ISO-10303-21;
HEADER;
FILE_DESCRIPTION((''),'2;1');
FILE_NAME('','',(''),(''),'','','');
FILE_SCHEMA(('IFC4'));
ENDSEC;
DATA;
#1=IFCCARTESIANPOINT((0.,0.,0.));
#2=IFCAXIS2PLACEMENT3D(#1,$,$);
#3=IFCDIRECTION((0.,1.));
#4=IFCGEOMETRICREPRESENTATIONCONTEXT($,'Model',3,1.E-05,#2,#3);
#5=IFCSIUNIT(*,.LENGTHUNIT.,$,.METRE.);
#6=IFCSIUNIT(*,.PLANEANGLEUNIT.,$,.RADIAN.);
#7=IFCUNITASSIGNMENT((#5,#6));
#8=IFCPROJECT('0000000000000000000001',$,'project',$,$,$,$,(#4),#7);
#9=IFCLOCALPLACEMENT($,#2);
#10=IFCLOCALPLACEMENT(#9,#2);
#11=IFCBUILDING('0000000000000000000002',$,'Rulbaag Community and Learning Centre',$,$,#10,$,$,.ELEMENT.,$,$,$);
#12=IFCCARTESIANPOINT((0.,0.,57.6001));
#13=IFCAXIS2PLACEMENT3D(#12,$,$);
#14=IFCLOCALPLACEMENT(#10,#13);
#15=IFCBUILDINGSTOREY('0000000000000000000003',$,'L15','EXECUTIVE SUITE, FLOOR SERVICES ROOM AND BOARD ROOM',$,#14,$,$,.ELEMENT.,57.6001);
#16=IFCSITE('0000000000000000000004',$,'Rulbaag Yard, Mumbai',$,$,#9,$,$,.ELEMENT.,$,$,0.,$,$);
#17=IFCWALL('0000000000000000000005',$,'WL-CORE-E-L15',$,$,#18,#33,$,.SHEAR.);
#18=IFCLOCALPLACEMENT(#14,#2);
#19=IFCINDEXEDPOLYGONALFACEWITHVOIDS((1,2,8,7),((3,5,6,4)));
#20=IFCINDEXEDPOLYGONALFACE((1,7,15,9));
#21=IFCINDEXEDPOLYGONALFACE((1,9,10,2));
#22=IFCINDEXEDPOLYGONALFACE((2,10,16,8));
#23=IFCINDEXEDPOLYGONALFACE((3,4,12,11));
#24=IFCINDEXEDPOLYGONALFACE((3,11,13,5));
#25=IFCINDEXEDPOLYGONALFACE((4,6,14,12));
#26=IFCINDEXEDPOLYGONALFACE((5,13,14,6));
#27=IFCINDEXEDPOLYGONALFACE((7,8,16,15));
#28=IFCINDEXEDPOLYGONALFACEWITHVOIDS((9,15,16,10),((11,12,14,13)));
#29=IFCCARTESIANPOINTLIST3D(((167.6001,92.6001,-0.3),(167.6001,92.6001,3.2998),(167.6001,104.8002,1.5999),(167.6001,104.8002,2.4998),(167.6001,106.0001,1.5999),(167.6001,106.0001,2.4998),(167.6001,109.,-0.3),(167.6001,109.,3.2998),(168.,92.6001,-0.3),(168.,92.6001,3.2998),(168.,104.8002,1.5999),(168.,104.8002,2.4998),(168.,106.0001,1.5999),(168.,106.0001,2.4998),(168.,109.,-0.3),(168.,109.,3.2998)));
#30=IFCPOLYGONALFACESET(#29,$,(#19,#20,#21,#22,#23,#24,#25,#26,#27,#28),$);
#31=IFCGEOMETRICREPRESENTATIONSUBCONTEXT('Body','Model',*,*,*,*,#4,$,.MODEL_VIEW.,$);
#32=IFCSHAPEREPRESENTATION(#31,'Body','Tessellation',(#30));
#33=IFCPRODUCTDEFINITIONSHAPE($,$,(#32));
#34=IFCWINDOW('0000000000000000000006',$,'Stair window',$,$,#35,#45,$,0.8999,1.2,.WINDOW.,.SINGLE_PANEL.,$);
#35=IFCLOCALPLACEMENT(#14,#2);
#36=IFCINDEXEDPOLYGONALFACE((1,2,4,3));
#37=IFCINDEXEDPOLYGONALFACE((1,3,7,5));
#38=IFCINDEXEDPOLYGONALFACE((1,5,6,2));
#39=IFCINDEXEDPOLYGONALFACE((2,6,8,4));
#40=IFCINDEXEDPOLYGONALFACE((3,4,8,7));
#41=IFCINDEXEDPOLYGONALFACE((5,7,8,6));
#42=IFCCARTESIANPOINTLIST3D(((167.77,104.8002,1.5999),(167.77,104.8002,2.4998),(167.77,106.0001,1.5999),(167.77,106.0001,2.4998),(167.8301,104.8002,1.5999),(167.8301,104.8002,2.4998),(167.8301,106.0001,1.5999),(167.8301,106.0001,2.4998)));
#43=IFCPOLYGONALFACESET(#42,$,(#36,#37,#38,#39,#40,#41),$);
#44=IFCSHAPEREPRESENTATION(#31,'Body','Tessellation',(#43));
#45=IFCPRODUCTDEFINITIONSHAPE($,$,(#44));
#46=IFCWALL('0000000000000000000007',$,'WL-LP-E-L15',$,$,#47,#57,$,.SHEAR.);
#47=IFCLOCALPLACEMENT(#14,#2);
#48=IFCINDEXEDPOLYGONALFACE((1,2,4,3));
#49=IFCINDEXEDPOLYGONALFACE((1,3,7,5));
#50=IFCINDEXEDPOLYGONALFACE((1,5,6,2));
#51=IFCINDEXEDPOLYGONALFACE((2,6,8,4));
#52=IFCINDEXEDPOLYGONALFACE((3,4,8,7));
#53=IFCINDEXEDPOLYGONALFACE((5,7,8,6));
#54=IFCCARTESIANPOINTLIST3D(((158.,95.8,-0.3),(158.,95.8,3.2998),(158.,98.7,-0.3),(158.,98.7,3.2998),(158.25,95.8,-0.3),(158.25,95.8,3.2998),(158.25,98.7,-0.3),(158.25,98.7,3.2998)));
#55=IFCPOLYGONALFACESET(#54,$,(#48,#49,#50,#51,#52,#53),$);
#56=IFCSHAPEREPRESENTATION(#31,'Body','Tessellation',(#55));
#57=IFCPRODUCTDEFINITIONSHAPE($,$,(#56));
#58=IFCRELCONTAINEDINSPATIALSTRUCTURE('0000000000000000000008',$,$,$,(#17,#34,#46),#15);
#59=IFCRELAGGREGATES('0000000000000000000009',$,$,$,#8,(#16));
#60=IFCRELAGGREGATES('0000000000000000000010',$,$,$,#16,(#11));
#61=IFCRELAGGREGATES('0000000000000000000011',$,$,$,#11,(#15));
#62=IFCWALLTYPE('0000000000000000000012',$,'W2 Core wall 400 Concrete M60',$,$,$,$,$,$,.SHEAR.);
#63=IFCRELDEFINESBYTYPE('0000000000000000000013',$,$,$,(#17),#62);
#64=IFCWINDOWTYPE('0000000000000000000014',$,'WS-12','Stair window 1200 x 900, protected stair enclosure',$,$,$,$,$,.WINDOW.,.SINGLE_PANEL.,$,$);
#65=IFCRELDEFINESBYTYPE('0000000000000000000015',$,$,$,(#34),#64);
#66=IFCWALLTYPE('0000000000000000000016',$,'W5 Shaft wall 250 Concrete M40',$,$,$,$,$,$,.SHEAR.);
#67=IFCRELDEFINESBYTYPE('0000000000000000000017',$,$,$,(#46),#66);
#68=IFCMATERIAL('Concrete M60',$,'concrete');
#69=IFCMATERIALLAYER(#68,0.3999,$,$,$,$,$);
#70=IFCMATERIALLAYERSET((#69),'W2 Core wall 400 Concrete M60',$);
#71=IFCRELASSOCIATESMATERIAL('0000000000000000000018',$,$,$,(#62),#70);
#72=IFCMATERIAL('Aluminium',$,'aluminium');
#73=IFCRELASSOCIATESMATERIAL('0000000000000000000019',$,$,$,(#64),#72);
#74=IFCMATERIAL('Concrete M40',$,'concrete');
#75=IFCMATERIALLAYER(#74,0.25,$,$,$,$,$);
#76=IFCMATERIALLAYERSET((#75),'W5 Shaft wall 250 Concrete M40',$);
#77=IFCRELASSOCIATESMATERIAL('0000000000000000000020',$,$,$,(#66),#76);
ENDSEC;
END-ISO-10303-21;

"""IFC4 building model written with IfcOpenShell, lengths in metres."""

from ifc_helpers import new_model, si_unit, direction, frame, frame_2d, origin, place, context, subcontext, project, spatial, rectangle, extrude, material, layer, layer_set, type_object, element, fill, save


model = new_model("IFC4")

# Units and contexts
model_context = context("Model", 3, precision=1e-05, world=origin(), true_north=direction((0.0, 1.0)))
body_context = subcontext(model_context, "Body", "Model", "MODEL_VIEW")
ifc_project = project(units=[si_unit("LENGTHUNIT", "METRE"), si_unit("PLANEANGLEUNIT", "RADIAN")], contexts=[model_context])

# Site, building, storey
site_placement = place(None, origin())
site = spatial("IfcSite", under=ifc_project, at=site_placement, Name="Rulbaag Yard, Mumbai", CompositionType="ELEMENT", RefElevation=0.0)
building_placement = place(site_placement, origin())
building = spatial("IfcBuilding", under=site, at=building_placement, Name="Rulbaag Community and Learning Centre", CompositionType="ELEMENT")
storey_placement = place(building_placement, frame((0.0, 0.0, 57.6001)))
storey = spatial("IfcBuildingStorey", under=building, at=storey_placement, Name="L15", Description="EXECUTIVE SUITE, FLOOR SERVICES ROOM AND BOARD ROOM", CompositionType="ELEMENT", Elevation=57.6001)

# Shared definitions
ifc_material_1 = material(Name="Concrete M40", Category="concrete")

# Shared definitions
ifc_material_2 = material(Name="Aluminium", Category="aluminium")

# Wall, opening, window
ifc_material_3 = material(Name="Concrete M60", Category="concrete")
ifc_layer_1 = layer(ifc_material_3, 0.3999)
ifc_layer_set_1 = layer_set([ifc_layer_1], Name="W2 Core wall 400 Concrete M60")
wall_type_1 = type_object("IfcWallType", Name="W2 Core wall 400 Concrete M60", PredefinedType="SHEAR", material=ifc_layer_set_1)
wall_1_placement = place(storey_placement, frame((167.8, 92.6001, -0.3), z_axis=(0.0, 0.0, 1.0), x_axis=(0.0, 1.0, 0.0)))
wall_1 = element("IfcWall", 1, at=wall_1_placement, inside=storey, type_object=wall_type_1, Name="WL-CORE-E-L15", PredefinedType="SHEAR", context=body_context, shape_type="SweptSolid", body=[
    extrude(rectangle(XDim=16.3999, YDim=0.3999, at=frame_2d((8.2, 0.0))), origin(), (0.0, 0.0, 1.0), 3.5999),
])
opening_1_placement = place(wall_1_placement, frame((12.2, 0.0, 1.8999)))
opening_1 = element("IfcOpeningElement", 2, at=opening_1_placement, cuts=wall_1, PredefinedType="OPENING", context=body_context, shape_type="SweptSolid", body=[
    extrude(rectangle(XDim=1.2, YDim=0.8999, at=frame_2d((0.6001, 0.45))), frame((0.0, 0.21, 0.0), z_axis=(0.0, -1.0, 0.0), x_axis=(1.0, 0.0, 0.0)), (0.0, 0.0, 1.0), 0.4199),
])
window_type = type_object("IfcWindowType", Name="WS-12", Description="Stair window 1200 x 900, protected stair enclosure", PartitioningType="SINGLE_PANEL", PredefinedType="WINDOW", material=ifc_material_2)
window_placement = place(opening_1_placement, origin())
window = element("IfcWindow", 3, at=window_placement, inside=storey, type_object=window_type, Name="Stair window", OverallHeight=0.8999, OverallWidth=1.2, PartitioningType="SINGLE_PANEL", PredefinedType="WINDOW", context=body_context, shape_type="SweptSolid", body=[
    extrude(rectangle(XDim=1.2, YDim=0.8999, at=frame_2d((0.6001, 0.45))), frame((0.0, 0.03, 0.0), z_axis=(0.0, -1.0, 0.0), x_axis=(1.0, 0.0, 0.0)), (0.0, 0.0, 1.0), 0.0601),
])
fill(opening_1, window)

# Wall
ifc_layer_2 = layer(ifc_material_1, 0.25)
ifc_layer_set_2 = layer_set([ifc_layer_2], Name="W5 Shaft wall 250 Concrete M40")
wall_type_2 = type_object("IfcWallType", Name="W5 Shaft wall 250 Concrete M40", PredefinedType="SHEAR", material=ifc_layer_set_2)
wall_2_placement = place(storey_placement, frame((158.125, 95.8, -0.3), z_axis=(0.0, 0.0, 1.0), x_axis=(0.0, 1.0, 0.0)))
element("IfcWall", 4, at=wall_2_placement, inside=storey, type_object=wall_type_2, Name="WL-LP-E-L15", PredefinedType="SHEAR", context=body_context, shape_type="SweptSolid", body=[
    extrude(rectangle(XDim=2.8999, YDim=0.25, at=frame_2d((1.45, 0.0))), origin(), (0.0, 0.0, 1.0), 3.5999),
])

save(model, "model.ifc")
